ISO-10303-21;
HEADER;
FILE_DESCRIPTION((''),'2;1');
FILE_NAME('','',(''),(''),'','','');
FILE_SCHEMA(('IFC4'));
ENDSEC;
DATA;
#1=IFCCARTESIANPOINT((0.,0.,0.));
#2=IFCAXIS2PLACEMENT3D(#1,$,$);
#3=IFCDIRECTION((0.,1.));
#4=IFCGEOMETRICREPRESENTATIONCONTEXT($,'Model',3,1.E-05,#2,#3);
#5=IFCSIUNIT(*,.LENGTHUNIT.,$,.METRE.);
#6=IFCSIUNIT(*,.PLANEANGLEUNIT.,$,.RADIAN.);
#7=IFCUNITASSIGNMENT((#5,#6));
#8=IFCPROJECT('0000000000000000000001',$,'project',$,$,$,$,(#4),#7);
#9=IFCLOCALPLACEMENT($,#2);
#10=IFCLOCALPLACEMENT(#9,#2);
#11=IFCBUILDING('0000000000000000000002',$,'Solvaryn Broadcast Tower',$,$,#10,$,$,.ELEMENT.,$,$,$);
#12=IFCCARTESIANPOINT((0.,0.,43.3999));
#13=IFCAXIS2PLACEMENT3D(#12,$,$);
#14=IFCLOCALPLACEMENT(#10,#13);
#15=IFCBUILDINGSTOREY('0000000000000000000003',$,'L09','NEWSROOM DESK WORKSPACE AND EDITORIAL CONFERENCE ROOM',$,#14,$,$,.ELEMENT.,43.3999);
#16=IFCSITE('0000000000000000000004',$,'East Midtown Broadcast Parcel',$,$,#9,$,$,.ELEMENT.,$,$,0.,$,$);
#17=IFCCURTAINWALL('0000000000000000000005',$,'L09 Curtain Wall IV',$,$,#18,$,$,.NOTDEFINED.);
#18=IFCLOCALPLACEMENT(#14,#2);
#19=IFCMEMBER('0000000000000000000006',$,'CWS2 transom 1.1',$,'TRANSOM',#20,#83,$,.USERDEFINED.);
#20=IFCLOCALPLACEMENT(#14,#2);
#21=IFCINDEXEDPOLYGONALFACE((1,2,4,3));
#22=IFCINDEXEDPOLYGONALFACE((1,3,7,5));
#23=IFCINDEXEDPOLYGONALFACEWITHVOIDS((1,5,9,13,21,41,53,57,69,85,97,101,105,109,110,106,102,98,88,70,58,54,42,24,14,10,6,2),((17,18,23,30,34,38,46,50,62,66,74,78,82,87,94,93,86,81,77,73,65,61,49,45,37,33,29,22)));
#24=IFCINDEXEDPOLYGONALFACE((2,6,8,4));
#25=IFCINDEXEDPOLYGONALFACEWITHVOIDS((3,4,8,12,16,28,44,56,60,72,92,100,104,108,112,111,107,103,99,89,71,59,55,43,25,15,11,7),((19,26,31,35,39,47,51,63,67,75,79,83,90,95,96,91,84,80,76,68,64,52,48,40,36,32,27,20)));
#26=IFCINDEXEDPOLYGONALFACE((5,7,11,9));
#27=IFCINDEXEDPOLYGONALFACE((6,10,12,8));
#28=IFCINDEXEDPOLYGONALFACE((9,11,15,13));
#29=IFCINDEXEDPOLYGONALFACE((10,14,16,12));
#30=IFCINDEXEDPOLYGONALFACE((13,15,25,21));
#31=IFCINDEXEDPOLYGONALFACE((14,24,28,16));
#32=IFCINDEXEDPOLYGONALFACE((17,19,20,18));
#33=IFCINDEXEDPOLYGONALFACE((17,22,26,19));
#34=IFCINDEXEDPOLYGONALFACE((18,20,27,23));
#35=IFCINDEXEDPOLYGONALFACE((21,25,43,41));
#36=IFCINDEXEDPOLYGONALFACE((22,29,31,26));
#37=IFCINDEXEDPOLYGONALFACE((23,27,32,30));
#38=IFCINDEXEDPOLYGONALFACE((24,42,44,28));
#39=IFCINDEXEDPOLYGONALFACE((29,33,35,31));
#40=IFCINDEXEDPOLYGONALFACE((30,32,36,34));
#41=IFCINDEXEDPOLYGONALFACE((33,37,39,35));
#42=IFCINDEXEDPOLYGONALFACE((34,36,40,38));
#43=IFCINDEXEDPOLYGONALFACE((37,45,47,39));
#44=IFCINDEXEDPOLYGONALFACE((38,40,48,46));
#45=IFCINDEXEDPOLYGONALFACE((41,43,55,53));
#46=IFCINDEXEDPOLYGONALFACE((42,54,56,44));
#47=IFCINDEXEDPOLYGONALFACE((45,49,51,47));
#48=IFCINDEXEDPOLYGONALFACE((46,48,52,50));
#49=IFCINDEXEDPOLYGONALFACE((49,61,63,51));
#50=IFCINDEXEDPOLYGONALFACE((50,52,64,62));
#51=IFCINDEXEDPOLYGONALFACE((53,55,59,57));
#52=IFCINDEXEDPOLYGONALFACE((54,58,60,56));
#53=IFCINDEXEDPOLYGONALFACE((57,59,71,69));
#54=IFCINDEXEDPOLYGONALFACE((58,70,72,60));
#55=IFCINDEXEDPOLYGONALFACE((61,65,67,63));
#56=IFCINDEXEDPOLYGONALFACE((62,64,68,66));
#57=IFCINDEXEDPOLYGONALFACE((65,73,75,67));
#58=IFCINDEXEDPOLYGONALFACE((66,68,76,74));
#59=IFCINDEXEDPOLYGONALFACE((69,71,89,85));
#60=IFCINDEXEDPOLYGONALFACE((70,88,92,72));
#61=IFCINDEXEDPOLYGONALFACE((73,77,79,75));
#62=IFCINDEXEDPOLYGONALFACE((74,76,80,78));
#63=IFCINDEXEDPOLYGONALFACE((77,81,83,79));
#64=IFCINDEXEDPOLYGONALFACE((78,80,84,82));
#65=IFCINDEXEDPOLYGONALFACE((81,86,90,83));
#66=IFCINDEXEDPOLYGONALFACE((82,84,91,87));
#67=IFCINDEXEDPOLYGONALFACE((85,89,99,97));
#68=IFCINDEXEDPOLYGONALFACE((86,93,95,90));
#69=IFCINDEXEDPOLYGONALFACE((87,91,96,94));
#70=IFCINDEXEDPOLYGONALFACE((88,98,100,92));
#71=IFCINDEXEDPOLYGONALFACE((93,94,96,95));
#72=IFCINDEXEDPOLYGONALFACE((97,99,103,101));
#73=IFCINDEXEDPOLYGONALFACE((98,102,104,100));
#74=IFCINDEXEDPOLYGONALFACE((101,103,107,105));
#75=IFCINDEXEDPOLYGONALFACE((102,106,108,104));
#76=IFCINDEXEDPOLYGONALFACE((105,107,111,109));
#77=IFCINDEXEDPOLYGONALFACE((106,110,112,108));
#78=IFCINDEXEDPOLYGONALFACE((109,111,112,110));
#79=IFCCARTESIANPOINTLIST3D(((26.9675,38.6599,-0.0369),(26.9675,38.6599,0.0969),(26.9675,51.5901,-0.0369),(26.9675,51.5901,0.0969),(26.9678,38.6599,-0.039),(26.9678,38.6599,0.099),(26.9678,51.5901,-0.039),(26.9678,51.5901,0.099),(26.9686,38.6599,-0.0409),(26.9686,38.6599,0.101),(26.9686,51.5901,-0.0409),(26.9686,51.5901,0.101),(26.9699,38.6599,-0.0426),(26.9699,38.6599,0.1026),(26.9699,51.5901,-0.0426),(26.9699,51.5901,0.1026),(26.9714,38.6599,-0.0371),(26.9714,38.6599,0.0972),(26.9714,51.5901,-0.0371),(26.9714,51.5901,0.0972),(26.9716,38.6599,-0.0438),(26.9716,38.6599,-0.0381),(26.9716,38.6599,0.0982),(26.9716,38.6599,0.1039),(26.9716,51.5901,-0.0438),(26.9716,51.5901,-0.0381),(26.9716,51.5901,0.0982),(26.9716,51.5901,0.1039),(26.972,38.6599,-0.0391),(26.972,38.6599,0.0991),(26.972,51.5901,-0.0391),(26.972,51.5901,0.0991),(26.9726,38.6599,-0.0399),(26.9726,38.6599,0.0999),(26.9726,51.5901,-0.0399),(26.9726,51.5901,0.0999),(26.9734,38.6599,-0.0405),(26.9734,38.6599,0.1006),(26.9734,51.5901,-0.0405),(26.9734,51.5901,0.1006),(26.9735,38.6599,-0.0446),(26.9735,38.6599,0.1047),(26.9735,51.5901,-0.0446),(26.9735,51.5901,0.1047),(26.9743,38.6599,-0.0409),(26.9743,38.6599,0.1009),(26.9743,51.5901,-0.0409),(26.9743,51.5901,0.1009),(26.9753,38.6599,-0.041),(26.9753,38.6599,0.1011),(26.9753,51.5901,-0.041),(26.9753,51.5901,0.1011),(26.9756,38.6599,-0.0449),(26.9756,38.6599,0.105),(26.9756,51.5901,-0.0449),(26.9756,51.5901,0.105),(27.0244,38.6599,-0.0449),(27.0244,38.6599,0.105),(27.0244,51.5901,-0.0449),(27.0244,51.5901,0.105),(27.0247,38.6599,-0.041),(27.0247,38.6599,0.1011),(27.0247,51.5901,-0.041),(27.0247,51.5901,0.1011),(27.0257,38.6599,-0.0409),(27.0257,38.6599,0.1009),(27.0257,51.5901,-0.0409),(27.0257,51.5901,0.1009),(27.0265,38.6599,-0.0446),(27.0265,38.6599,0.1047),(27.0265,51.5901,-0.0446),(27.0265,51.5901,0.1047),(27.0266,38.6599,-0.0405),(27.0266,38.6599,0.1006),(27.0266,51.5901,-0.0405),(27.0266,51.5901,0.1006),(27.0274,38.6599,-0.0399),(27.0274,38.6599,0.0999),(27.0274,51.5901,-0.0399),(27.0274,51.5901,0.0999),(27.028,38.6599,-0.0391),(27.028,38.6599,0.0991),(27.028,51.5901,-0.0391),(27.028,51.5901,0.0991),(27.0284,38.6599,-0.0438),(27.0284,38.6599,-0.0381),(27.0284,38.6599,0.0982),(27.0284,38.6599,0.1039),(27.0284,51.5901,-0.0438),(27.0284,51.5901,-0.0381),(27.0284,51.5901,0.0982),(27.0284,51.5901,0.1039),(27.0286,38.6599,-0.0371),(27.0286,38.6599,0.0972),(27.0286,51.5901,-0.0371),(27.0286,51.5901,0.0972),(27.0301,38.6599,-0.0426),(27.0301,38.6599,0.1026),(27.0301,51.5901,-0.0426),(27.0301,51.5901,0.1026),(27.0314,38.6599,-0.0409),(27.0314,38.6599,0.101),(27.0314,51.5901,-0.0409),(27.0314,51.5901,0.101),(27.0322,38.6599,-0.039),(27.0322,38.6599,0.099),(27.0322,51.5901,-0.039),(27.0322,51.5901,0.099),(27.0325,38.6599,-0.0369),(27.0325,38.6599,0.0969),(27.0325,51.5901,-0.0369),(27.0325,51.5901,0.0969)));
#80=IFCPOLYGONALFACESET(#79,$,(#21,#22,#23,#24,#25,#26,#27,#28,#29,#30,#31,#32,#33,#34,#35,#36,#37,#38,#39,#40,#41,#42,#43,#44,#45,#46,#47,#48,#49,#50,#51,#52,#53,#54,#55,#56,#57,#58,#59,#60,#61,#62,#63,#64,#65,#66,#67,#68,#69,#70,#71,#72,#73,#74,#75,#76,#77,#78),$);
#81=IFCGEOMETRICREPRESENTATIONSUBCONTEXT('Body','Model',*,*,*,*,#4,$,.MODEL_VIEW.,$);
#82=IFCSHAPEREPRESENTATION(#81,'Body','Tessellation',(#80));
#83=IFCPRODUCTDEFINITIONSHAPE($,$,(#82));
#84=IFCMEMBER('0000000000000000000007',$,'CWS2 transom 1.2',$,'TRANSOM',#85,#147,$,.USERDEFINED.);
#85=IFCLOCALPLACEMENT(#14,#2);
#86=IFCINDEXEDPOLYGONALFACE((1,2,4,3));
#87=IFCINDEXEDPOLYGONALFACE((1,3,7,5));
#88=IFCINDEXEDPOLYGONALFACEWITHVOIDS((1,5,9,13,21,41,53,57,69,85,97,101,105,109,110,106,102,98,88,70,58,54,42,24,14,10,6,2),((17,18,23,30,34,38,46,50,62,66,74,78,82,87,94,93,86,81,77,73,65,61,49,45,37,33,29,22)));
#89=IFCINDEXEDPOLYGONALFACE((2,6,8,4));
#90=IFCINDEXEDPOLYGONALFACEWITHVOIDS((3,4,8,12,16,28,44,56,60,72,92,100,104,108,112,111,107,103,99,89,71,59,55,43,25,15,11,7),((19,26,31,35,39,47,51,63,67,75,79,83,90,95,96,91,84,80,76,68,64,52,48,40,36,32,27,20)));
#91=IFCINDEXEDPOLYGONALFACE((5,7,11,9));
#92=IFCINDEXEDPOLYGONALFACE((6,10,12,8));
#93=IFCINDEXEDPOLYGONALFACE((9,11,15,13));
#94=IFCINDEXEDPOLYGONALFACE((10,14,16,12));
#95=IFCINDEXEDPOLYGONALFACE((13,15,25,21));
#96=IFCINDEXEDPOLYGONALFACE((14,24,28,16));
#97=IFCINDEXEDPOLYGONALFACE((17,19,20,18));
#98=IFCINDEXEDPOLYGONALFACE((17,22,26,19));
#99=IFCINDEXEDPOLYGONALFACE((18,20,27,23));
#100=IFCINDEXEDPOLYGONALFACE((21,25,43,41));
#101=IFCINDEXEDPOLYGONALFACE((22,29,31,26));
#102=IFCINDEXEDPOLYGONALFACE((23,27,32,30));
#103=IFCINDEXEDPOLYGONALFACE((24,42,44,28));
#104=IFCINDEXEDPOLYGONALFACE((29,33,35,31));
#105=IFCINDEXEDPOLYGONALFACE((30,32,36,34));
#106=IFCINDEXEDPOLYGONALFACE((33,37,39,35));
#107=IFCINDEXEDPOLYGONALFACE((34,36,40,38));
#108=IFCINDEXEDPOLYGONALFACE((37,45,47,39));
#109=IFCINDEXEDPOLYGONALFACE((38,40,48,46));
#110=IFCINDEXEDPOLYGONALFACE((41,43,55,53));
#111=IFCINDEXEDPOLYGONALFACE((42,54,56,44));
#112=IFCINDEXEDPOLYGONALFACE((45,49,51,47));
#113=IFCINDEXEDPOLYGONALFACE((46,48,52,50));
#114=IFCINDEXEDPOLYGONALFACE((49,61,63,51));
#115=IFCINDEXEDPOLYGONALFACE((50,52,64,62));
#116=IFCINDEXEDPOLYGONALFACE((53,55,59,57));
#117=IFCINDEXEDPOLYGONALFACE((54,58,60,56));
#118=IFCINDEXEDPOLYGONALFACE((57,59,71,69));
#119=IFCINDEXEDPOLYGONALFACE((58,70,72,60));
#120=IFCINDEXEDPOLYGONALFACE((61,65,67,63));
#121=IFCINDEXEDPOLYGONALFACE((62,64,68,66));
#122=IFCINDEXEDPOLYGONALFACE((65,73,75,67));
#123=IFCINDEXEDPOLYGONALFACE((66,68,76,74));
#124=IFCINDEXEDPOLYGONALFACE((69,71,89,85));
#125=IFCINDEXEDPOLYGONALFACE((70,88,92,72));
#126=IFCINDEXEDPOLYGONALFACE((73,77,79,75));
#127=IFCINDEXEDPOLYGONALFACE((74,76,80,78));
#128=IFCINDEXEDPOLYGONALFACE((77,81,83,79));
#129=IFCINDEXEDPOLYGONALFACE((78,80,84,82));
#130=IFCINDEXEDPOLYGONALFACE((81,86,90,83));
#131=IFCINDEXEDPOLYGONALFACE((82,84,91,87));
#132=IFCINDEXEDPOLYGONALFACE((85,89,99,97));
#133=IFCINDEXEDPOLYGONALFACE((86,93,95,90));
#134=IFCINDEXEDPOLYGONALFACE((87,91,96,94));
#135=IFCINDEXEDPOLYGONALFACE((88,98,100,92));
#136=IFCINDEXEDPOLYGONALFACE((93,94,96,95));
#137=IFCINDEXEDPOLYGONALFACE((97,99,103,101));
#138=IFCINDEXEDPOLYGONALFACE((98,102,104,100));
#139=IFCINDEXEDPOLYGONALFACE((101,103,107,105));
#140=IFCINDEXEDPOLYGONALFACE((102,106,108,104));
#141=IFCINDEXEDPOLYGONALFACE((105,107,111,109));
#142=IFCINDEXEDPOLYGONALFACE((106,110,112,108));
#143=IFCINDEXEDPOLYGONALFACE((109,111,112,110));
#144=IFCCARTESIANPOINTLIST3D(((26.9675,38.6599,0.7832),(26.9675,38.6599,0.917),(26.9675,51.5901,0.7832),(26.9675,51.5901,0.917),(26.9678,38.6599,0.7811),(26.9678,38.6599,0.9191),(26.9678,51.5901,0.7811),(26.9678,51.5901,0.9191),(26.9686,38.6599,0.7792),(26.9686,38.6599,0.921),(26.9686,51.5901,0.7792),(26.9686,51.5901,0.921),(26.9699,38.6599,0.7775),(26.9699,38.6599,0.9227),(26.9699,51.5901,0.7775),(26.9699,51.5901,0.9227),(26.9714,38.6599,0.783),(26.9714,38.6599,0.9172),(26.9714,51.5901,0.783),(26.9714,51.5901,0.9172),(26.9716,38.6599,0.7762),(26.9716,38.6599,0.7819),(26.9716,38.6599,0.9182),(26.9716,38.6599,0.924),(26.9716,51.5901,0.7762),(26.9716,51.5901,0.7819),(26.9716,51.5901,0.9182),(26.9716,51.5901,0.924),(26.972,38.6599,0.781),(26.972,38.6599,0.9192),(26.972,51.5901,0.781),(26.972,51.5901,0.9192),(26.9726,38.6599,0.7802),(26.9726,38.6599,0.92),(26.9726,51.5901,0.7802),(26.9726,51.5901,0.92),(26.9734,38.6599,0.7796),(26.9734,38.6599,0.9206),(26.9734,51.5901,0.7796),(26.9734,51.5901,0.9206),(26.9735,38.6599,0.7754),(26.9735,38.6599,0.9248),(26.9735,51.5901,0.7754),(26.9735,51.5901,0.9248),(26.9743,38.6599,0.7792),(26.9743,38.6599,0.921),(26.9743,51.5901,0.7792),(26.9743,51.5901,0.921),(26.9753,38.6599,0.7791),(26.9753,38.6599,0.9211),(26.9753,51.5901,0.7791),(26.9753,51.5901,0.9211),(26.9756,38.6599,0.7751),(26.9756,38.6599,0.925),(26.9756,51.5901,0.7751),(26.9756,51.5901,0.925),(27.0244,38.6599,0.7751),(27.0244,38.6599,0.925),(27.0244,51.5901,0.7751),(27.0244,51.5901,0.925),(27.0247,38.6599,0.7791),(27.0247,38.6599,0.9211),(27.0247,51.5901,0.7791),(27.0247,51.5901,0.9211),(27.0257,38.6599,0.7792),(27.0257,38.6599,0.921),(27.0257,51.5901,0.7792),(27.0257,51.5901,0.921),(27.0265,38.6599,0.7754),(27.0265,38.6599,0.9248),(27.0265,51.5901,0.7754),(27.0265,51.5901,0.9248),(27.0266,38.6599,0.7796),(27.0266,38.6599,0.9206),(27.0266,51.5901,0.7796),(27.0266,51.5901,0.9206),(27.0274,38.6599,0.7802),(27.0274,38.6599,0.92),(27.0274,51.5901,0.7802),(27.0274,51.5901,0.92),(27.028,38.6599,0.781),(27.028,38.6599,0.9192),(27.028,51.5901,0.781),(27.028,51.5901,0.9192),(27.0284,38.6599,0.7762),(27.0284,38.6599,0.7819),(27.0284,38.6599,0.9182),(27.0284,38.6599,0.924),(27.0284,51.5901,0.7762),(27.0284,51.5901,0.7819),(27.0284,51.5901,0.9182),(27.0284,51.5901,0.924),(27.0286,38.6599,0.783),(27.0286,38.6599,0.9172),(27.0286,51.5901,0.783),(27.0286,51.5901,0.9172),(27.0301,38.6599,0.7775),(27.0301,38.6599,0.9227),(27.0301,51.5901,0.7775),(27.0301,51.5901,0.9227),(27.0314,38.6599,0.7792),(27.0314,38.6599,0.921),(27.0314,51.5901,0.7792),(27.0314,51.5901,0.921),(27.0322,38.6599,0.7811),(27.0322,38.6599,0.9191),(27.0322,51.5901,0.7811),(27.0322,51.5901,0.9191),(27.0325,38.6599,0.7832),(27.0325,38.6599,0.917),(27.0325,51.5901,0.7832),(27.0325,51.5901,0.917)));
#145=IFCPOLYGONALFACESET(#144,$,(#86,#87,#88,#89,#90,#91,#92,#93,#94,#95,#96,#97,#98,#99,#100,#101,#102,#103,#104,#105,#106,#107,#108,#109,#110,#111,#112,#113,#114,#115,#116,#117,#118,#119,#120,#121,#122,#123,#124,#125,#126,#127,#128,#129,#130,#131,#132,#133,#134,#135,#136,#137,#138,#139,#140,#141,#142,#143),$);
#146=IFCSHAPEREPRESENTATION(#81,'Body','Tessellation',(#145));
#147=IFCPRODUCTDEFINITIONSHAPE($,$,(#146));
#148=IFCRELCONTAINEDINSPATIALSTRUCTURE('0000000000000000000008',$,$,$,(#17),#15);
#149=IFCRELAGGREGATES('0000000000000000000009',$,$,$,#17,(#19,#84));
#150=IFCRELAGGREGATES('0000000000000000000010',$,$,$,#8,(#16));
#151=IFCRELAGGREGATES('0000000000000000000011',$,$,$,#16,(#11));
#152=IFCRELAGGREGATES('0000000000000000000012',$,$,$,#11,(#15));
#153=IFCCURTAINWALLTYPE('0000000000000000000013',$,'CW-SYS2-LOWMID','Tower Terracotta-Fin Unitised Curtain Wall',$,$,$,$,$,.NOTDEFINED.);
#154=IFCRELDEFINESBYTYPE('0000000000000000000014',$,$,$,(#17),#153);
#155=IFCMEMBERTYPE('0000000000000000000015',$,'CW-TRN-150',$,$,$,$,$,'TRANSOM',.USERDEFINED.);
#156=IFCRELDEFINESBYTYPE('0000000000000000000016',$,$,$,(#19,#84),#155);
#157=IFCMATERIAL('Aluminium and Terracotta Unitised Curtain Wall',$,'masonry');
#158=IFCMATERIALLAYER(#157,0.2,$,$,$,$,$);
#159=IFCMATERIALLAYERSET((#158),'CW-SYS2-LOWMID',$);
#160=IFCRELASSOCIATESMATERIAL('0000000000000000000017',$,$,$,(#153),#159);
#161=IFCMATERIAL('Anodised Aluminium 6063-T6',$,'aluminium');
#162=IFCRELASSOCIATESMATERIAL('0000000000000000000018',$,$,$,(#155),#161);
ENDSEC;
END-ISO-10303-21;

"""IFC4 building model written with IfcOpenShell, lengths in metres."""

from ifc_helpers import new_model, si_unit, direction, frame, origin, origin_2d, place, context, subcontext, project, spatial, hollow_rectangle, extrude, material, layer, layer_set, material_profile, profile_set, type_object, element, aggregate, save


model = new_model("IFC4")

# Units and contexts
model_context = context("Model", 3, precision=1e-05, world=origin(), true_north=direction((0.0, 1.0)))
body_context = subcontext(model_context, "Body", "Model", "MODEL_VIEW")
ifc_project = project(units=[si_unit("LENGTHUNIT", "METRE"), si_unit("PLANEANGLEUNIT", "RADIAN")], contexts=[model_context])

# Site, building, storey
site_placement = place(None, origin())
site = spatial("IfcSite", under=ifc_project, at=site_placement, Name="East Midtown Broadcast Parcel", CompositionType="ELEMENT", RefElevation=0.0)
building_placement = place(site_placement, origin())
building = spatial("IfcBuilding", under=site, at=building_placement, Name="Solvaryn Broadcast Tower", CompositionType="ELEMENT")
storey_placement = place(building_placement, frame((0.0, 0.0, 43.3999)))
storey = spatial("IfcBuildingStorey", under=building, at=storey_placement, Name="L09", Description="NEWSROOM DESK WORKSPACE AND EDITORIAL CONFERENCE ROOM", CompositionType="ELEMENT", Elevation=43.3999)

# Curtain wall
ifc_material_1 = material(Name="Aluminium and Terracotta Unitised Curtain Wall", Category="masonry")
ifc_layer_1 = layer(ifc_material_1, 0.2)
ifc_layer_set_1 = layer_set([ifc_layer_1], Name="CW-SYS2-LOWMID")
curtain_wall_type = type_object("IfcCurtainWallType", Name="CW-SYS2-LOWMID", Description="Tower Terracotta-Fin Unitised Curtain Wall", PredefinedType="NOTDEFINED", material=ifc_layer_set_1)
curtain_wall_1_placement = place(storey_placement, origin())
curtain_wall_1 = element("IfcCurtainWall", 1, at=curtain_wall_1_placement, inside=storey, type_object=curtain_wall_type, Name="L09 Curtain Wall IV", PredefinedType="NOTDEFINED")

# Members
ifc_material_2 = material(Name="Anodised Aluminium 6063-T6", Category="aluminium")
ifc_material_profile_1 = material_profile(ifc_material_2, hollow_rectangle(XDim=0.0649, YDim=0.1499, WallThickness=0.0039, InnerFilletRadius=0.0039, OuterFilletRadius=0.0081, at=origin_2d()))
ifc_profile_set_1 = profile_set([ifc_material_profile_1], Name="Anodised Aluminium 6063-T6")
member_type_1 = type_object("IfcMemberType", Name="CW-TRN-150", ElementType="TRANSOM", PredefinedType="USERDEFINED", material=ifc_profile_set_1)
member_1_placement = place(storey_placement, frame((27.0, 51.5901, 0.03), z_axis=(0.0, -1.0, 0.0), x_axis=(1.0, 0.0, 0.0)))
member_1 = element("IfcMember", 2, at=member_1_placement, type_object=member_type_1, Name="CWS2 transom 1.1", ObjectType="TRANSOM", PredefinedType="USERDEFINED", context=body_context, shape_type="SweptSolid", body=[
    extrude(hollow_rectangle(XDim=0.0649, YDim=0.1499, WallThickness=0.0039, InnerFilletRadius=0.0039, OuterFilletRadius=0.0081, at=origin_2d()), origin(), (0.0, 0.0, 1.0), 12.9302),
])
member_2_placement = place(storey_placement, frame((27.0, 51.5901, 0.8501), z_axis=(0.0, -1.0, 0.0), x_axis=(1.0, 0.0, 0.0)))
member_2 = element("IfcMember", 3, at=member_2_placement, type_object=member_type_1, Name="CWS2 transom 1.2", ObjectType="TRANSOM", PredefinedType="USERDEFINED", context=body_context, shape_type="SweptSolid", body=[
    extrude(hollow_rectangle(XDim=0.0649, YDim=0.1499, WallThickness=0.0039, InnerFilletRadius=0.0039, OuterFilletRadius=0.0081, at=origin_2d()), origin(), (0.0, 0.0, 1.0), 12.9302),
])

aggregate(curtain_wall_1, [member_1, member_2])

save(model, "model.ifc")
